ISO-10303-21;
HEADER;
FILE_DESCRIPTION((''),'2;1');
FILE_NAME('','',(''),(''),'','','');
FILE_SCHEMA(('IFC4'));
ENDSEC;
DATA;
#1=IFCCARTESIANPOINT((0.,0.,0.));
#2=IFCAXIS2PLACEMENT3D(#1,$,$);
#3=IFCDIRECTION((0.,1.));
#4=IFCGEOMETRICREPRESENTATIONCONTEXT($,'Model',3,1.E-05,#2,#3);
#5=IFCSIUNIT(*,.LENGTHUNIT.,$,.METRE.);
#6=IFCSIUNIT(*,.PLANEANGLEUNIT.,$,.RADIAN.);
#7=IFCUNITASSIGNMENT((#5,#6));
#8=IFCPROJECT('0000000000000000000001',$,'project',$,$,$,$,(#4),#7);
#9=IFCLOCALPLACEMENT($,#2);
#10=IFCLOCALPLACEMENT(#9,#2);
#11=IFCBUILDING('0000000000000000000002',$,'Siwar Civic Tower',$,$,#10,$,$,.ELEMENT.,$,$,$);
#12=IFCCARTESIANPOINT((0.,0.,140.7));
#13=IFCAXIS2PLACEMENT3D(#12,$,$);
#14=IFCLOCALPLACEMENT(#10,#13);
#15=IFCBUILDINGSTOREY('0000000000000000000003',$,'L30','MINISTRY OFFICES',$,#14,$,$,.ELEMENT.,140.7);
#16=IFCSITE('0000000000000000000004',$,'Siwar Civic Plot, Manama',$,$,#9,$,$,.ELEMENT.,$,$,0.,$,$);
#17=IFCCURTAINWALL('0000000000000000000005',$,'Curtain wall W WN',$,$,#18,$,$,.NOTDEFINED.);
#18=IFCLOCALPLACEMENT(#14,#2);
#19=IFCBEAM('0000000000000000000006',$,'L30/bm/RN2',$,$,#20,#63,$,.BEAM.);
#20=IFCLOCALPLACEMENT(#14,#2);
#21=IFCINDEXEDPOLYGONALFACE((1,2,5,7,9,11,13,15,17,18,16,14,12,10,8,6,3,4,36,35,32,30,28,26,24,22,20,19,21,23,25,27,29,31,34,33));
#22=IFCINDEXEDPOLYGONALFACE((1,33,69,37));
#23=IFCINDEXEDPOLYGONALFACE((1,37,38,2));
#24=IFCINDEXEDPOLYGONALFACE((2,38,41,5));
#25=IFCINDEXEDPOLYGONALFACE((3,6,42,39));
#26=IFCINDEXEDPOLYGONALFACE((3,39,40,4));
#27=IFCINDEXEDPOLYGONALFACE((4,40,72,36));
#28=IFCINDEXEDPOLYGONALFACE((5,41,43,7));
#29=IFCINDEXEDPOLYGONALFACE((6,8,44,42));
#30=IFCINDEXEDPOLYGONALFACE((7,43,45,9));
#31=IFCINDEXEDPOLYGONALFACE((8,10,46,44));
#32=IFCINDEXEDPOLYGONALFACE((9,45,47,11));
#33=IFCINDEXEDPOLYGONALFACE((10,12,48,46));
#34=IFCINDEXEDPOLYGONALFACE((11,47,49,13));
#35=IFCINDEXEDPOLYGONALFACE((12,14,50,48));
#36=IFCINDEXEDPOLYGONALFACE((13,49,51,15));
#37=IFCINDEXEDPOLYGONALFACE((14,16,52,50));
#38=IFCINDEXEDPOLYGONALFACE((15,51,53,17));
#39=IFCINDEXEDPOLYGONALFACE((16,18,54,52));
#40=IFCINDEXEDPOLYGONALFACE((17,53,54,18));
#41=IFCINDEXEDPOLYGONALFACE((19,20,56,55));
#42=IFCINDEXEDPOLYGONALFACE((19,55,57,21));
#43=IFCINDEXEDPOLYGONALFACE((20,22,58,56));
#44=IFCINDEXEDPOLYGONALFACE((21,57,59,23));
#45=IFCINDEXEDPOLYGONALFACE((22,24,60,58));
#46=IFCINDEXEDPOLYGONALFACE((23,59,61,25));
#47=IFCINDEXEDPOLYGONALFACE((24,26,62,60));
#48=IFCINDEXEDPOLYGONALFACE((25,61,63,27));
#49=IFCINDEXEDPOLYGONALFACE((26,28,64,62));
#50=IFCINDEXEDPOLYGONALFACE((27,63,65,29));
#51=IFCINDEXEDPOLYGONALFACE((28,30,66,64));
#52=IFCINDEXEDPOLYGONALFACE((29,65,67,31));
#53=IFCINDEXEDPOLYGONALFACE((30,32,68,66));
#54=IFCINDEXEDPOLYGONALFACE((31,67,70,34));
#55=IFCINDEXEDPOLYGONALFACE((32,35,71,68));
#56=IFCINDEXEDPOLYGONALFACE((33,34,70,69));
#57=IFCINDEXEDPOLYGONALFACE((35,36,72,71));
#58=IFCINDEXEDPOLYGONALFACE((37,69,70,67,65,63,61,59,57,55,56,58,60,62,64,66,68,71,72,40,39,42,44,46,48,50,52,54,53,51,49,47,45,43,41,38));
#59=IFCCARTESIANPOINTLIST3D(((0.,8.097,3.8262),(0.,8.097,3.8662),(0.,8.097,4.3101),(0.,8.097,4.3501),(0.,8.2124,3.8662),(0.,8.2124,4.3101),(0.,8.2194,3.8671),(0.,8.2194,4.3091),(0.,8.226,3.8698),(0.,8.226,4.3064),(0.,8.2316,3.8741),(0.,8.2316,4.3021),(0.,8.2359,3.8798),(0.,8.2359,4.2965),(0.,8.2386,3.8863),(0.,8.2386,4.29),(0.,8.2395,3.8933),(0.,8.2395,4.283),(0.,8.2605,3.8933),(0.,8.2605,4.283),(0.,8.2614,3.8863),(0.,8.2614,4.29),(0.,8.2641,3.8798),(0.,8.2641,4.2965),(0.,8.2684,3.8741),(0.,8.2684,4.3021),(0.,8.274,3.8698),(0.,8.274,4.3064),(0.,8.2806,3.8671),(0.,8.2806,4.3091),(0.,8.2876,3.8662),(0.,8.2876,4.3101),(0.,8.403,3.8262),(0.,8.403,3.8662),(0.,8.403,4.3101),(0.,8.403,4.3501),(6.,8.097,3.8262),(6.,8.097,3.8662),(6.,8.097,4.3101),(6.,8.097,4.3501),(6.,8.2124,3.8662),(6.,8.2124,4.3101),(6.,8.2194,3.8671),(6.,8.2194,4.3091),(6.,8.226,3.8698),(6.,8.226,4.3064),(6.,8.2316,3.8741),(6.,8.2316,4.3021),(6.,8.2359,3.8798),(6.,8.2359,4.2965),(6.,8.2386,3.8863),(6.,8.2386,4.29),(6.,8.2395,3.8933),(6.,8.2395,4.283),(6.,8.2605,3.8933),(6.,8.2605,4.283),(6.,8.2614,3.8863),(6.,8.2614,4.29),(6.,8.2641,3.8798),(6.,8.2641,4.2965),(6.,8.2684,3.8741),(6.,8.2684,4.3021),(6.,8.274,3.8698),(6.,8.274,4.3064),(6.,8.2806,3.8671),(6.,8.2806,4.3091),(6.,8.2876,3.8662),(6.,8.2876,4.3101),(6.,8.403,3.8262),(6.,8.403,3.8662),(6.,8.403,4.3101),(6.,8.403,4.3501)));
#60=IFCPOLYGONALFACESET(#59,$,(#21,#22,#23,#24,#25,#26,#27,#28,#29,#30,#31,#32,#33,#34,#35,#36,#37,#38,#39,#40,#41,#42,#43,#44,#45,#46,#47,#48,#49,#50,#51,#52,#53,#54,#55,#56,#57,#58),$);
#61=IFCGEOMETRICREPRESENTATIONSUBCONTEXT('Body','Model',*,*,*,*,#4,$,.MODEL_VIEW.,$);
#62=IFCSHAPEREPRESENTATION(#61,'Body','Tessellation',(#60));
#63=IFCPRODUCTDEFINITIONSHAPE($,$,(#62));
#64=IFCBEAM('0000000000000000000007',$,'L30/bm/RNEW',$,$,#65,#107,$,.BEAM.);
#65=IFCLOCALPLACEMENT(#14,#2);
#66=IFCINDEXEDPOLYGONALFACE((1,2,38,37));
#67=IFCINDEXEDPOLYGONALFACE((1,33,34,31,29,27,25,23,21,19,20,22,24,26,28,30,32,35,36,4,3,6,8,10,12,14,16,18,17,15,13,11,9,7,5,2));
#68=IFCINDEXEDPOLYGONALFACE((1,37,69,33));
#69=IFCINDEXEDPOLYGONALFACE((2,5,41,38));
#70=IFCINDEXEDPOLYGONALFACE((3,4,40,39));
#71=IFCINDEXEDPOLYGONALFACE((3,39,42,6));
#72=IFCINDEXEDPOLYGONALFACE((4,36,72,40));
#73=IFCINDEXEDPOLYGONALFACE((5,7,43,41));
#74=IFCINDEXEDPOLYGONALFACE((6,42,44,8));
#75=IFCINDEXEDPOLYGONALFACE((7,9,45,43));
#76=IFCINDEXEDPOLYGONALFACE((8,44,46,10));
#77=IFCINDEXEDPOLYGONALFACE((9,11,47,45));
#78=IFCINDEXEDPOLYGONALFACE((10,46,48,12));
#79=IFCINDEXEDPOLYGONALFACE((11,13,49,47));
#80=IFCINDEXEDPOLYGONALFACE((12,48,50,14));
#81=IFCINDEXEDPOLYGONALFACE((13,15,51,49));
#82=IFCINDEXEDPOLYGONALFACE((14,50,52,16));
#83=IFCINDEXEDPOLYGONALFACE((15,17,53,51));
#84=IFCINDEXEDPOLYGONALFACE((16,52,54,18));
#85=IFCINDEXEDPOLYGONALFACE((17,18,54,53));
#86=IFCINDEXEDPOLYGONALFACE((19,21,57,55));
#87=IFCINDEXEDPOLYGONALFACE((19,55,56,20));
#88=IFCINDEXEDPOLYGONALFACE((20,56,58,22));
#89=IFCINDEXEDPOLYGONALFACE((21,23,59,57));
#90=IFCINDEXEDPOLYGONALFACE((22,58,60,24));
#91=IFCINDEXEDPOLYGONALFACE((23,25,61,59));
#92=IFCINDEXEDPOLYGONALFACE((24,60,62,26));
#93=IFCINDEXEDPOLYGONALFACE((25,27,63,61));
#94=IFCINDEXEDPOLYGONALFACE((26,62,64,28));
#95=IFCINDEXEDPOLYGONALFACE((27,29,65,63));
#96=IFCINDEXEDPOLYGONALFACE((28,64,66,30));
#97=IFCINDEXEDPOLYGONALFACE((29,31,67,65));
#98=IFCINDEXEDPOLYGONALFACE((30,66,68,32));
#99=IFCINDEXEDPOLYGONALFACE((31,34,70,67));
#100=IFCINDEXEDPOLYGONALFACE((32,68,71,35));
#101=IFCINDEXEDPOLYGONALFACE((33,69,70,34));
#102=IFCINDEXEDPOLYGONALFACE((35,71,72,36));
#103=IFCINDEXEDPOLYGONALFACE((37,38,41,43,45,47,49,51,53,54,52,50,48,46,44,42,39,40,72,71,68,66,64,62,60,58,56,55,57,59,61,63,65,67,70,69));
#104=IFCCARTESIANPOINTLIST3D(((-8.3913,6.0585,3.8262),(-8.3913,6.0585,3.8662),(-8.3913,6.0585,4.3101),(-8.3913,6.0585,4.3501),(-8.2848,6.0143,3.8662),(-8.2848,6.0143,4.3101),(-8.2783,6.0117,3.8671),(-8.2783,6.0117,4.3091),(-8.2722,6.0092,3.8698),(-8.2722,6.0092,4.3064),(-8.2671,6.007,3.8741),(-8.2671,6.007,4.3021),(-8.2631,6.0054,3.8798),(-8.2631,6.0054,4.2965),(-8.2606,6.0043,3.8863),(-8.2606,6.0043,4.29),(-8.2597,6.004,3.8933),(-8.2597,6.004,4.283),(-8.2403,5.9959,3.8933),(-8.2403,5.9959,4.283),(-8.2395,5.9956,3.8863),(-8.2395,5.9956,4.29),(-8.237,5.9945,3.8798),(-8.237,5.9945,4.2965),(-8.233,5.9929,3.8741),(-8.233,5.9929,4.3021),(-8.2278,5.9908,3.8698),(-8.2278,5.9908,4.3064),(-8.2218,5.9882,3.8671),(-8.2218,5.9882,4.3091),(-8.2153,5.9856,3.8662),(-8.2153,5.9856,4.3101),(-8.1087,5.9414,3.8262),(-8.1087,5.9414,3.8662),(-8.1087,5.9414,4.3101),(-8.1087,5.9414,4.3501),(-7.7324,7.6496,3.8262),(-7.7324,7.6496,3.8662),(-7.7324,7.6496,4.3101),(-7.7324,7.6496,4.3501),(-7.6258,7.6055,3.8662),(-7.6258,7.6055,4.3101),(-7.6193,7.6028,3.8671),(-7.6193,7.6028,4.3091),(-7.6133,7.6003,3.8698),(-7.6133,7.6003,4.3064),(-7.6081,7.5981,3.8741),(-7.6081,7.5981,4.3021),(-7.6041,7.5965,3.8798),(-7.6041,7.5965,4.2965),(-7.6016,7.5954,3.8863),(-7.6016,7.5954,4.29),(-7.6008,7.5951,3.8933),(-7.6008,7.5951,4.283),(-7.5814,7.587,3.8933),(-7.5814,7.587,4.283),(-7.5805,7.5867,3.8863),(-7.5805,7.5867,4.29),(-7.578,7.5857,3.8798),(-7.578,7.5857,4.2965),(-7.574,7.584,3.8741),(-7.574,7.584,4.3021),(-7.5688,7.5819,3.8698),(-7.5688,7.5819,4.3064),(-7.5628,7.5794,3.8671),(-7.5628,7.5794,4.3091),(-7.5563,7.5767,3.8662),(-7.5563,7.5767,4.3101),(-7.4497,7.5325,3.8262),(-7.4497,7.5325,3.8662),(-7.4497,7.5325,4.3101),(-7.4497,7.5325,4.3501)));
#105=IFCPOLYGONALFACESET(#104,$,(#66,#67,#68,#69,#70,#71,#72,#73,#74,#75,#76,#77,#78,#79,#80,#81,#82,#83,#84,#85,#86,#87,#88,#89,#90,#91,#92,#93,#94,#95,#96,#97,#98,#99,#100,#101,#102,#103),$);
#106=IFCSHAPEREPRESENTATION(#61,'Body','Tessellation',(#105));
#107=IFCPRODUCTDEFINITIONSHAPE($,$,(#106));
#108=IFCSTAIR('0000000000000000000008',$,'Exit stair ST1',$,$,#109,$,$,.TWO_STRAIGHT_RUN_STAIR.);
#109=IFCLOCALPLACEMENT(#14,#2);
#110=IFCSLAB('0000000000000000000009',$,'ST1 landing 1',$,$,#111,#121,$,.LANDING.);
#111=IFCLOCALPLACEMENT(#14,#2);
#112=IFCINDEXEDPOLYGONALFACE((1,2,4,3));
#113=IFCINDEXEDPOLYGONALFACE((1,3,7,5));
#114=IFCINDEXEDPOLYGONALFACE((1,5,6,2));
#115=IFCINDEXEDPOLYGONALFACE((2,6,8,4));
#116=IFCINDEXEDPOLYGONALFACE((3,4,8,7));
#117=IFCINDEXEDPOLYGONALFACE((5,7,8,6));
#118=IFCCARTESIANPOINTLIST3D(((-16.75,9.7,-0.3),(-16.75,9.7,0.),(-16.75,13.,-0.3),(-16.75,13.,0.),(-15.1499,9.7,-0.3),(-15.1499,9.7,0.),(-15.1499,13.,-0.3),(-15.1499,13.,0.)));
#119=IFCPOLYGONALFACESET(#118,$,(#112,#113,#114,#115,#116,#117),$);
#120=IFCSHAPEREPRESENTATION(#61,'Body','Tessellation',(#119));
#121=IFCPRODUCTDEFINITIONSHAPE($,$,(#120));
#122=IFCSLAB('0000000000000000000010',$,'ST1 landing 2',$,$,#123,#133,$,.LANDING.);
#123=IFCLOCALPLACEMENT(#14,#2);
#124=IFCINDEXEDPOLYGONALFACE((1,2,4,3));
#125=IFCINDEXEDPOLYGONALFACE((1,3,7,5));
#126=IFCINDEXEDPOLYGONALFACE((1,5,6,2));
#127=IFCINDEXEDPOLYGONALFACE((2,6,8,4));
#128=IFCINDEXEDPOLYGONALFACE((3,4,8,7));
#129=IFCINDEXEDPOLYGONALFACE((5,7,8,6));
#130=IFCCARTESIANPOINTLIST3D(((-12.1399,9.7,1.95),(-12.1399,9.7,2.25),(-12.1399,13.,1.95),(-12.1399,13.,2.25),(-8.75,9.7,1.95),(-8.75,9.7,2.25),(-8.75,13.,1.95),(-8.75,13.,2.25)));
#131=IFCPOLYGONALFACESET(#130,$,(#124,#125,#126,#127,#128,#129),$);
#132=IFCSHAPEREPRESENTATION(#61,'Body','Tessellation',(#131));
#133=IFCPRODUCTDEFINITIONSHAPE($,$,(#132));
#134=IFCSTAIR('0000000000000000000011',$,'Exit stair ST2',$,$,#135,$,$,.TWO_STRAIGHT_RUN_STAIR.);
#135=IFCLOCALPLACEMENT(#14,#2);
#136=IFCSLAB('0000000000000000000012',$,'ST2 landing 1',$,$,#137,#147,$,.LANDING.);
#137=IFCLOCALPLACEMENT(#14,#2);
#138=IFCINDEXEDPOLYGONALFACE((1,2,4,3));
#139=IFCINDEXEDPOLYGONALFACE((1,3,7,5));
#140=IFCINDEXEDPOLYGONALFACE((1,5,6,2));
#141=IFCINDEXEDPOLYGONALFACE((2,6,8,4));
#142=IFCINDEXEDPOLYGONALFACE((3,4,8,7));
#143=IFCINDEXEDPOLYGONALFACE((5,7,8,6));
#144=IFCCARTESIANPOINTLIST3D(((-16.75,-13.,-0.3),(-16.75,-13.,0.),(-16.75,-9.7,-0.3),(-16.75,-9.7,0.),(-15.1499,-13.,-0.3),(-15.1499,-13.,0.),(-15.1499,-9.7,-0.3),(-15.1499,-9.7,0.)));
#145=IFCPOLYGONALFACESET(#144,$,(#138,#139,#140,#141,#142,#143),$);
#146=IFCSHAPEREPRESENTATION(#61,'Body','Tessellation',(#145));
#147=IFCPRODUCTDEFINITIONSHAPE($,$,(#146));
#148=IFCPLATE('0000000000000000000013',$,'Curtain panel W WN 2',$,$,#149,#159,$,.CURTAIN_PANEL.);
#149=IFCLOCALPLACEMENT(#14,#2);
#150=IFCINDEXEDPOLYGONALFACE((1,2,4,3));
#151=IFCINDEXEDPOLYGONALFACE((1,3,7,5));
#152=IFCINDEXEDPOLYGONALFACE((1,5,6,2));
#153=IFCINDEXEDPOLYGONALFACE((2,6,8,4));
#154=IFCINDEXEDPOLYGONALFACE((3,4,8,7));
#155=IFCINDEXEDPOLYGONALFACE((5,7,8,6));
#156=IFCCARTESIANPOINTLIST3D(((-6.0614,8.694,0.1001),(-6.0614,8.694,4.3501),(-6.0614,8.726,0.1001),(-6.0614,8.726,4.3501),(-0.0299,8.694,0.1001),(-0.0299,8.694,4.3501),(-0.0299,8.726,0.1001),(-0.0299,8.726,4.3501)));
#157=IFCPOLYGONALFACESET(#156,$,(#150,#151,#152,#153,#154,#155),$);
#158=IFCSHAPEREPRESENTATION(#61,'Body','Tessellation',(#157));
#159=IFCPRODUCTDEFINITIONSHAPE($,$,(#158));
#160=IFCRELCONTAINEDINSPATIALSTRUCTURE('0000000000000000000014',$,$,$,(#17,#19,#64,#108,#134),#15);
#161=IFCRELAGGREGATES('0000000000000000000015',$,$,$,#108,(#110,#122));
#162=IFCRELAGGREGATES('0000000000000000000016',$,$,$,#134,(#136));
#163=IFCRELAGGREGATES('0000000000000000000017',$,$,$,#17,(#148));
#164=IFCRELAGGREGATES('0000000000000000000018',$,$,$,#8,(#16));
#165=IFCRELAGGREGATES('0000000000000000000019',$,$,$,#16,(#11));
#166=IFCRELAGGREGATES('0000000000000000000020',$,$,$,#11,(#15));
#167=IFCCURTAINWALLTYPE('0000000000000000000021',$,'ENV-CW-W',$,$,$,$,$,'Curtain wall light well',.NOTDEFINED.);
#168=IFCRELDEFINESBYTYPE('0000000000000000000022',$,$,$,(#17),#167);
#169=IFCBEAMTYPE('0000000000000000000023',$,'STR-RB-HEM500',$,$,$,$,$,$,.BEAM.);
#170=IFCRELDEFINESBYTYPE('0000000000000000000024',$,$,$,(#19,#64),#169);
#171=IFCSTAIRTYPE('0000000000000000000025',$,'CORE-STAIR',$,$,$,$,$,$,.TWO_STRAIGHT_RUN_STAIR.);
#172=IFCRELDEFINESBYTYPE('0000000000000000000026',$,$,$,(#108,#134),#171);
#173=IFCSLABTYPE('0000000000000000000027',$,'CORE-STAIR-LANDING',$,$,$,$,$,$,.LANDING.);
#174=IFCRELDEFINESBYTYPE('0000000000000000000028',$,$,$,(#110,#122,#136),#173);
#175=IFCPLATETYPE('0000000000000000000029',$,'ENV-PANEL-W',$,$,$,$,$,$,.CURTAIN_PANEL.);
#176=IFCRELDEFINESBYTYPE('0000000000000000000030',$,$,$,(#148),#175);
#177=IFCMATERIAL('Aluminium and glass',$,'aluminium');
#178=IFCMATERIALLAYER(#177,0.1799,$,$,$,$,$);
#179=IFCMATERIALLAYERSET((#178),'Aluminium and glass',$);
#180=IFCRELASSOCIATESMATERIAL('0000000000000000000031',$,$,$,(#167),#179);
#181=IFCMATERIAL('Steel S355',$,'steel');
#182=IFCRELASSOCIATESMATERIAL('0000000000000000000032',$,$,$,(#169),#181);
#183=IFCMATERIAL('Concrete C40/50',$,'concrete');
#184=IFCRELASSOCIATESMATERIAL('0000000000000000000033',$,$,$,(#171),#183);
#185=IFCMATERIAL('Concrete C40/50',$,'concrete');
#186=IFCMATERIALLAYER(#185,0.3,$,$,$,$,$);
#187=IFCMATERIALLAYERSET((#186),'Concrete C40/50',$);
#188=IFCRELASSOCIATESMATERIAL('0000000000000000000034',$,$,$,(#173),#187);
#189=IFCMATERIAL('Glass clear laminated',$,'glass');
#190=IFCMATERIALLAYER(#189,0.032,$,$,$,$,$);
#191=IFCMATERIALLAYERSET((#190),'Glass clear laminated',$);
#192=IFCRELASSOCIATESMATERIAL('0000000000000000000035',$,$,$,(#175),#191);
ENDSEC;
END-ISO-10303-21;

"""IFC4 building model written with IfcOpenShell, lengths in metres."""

from ifc_helpers import new_model, si_unit, direction, frame, origin, origin_2d, place, context, subcontext, project, spatial, polyline, rectangle, i_section, outline, extrude, material, layer, layer_set, material_profile, profile_set, type_object, element, aggregate, save


model = new_model("IFC4")

# Units and contexts
model_context = context("Model", 3, precision=1e-05, world=origin(), true_north=direction((0.0, 1.0)))
body_context = subcontext(model_context, "Body", "Model", "MODEL_VIEW")
ifc_project = project(units=[si_unit("LENGTHUNIT", "METRE"), si_unit("PLANEANGLEUNIT", "RADIAN")], contexts=[model_context])

# Site, building, storey
site_placement = place(None, origin())
site = spatial("IfcSite", under=ifc_project, at=site_placement, Name="Siwar Civic Plot, Manama", CompositionType="ELEMENT", RefElevation=0.0)
building_placement = place(site_placement, origin())
building = spatial("IfcBuilding", under=site, at=building_placement, Name="Siwar Civic Tower", CompositionType="ELEMENT")
storey_placement = place(building_placement, frame((0.0, 0.0, 140.7)))
storey = spatial("IfcBuildingStorey", under=building, at=storey_placement, Name="L30", Description="MINISTRY OFFICES", CompositionType="ELEMENT", Elevation=140.7)

# Curtain wall
ifc_material_1 = material(Name="Aluminium and glass", Category="aluminium")
ifc_layer_1 = layer(ifc_material_1, 0.1799)
ifc_layer_set_1 = layer_set([ifc_layer_1], Name="Aluminium and glass")
curtain_wall_type = type_object("IfcCurtainWallType", Name="ENV-CW-W", ElementType="Curtain wall light well", PredefinedType="NOTDEFINED", material=ifc_layer_set_1)
curtain_wall_placement = place(storey_placement, origin())
curtain_wall = element("IfcCurtainWall", 1, at=curtain_wall_placement, inside=storey, type_object=curtain_wall_type, Name="Curtain wall W WN", PredefinedType="NOTDEFINED")

# Beams
ifc_material_2 = material(Name="Steel S355", Category="steel")
ifc_material_profile_1 = material_profile(ifc_material_2, i_section(OverallWidth=0.3059, OverallDepth=0.5239, WebThickness=0.021, FlangeThickness=0.04, FilletRadius=0.0271, at=origin_2d()), Name="HEM500")
ifc_profile_set_1 = profile_set([ifc_material_profile_1], Name="Steel S355")
beam_type_1 = type_object("IfcBeamType", Name="STR-RB-HEM500", PredefinedType="BEAM", material=ifc_profile_set_1)
for number, where, z_axis, x_axis, name in (
    (2, (0.0, 8.25, 4.0881), (1.0, 0.0, 0.0), (0.0, 1.0, 0.0), "L30/bm/RN2"),
):
    element("IfcBeam", number, at=place(storey_placement, frame(where, z_axis=z_axis, x_axis=x_axis)), inside=storey, type_object=beam_type_1, Name=name, PredefinedType="BEAM", context=body_context, shape_type="SweptSolid", body=[
        extrude(i_section(OverallWidth=0.3059, OverallDepth=0.5239, WebThickness=0.021, FlangeThickness=0.04, FilletRadius=0.0271, at=origin_2d()), origin(), (0.0, 0.0, 1.0), 6.0),
    ])
beam_1_placement = place(storey_placement, frame((-7.5911, 7.5911, 4.0881), z_axis=(-0.382631, -0.923901, 0.0), x_axis=(0.923901, -0.382631, 0.0)))
element("IfcBeam", 3, at=beam_1_placement, inside=storey, type_object=beam_type_1, Name="L30/bm/RNEW", PredefinedType="BEAM", context=body_context, shape_type="SweptSolid", body=[
    extrude(i_section(OverallWidth=0.3059, OverallDepth=0.5239, WebThickness=0.021, FlangeThickness=0.04, FilletRadius=0.0271, at=origin_2d()), origin(), (0.0, 0.0, 1.0), 1.7222),
])

# Stair, slabs
ifc_material_3 = material(Name="Concrete C40/50", Category="concrete")
stair_type = type_object("IfcStairType", Name="CORE-STAIR", PredefinedType="TWO_STRAIGHT_RUN_STAIR", material=ifc_material_3)
stair_1_placement = place(storey_placement, origin())
stair_1 = element("IfcStair", 4, at=stair_1_placement, inside=storey, type_object=stair_type, Name="Exit stair ST1", PredefinedType="TWO_STRAIGHT_RUN_STAIR")
ifc_material_4 = material(Name="Concrete C40/50", Category="concrete")
ifc_layer_2 = layer(ifc_material_4, 0.3)
ifc_layer_set_2 = layer_set([ifc_layer_2], Name="Concrete C40/50")
slab_type_1 = type_object("IfcSlabType", Name="CORE-STAIR-LANDING", PredefinedType="LANDING", material=ifc_layer_set_2)
slab_1_placement = place(storey_placement, frame((0.0, 0.0, -0.3)))
slab_1 = element("IfcSlab", 5, at=slab_1_placement, type_object=slab_type_1, Name="ST1 landing 1", PredefinedType="LANDING", context=body_context, shape_type="SweptSolid", body=[
    extrude(outline(polyline([(-15.1499, 13.0), (-16.75, 13.0), (-16.75, 9.7), (-15.1499, 9.7), (-15.1499, 13.0)])), origin(), (0.0, 0.0, 1.0), 0.3),
])
slab_2_placement = place(storey_placement, frame((0.0, 0.0, 1.95)))
slab_2 = element("IfcSlab", 6, at=slab_2_placement, type_object=slab_type_1, Name="ST1 landing 2", PredefinedType="LANDING", context=body_context, shape_type="SweptSolid", body=[
    extrude(outline(polyline([(-8.75, 13.0), (-12.1399, 13.0), (-12.1399, 9.7), (-8.75, 9.7), (-8.75, 13.0)])), origin(), (0.0, 0.0, 1.0), 0.3),
])
aggregate(stair_1, [slab_1, slab_2])

# Stair, slab
stair_2_placement = place(storey_placement, origin())
stair_2 = element("IfcStair", 7, at=stair_2_placement, inside=storey, type_object=stair_type, Name="Exit stair ST2", PredefinedType="TWO_STRAIGHT_RUN_STAIR")
slab_3_placement = place(storey_placement, frame((0.0, 0.0, -0.3)))
slab_3 = element("IfcSlab", 8, at=slab_3_placement, type_object=slab_type_1, Name="ST2 landing 1", PredefinedType="LANDING", context=body_context, shape_type="SweptSolid", body=[
    extrude(outline(polyline([(-15.1499, -9.7), (-16.75, -9.7), (-16.75, -13.0), (-15.1499, -13.0), (-15.1499, -9.7)])), origin(), (0.0, 0.0, 1.0), 0.3),
])
aggregate(stair_2, [slab_3])

# Plate
ifc_material_5 = material(Name="Glass clear laminated", Category="glass")
ifc_layer_3 = layer(ifc_material_5, 0.032)
ifc_layer_set_3 = layer_set([ifc_layer_3], Name="Glass clear laminated")
plate_type = type_object("IfcPlateType", Name="ENV-PANEL-W", PredefinedType="CURTAIN_PANEL", material=ifc_layer_set_3)
plate_placement = place(storey_placement, frame((-3.0457, 8.71, 0.1001), z_axis=(0.0, 0.0, 1.0), x_axis=(-1.0, 0.0, 0.0)))
plate = element("IfcPlate", 9, at=plate_placement, type_object=plate_type, Name="Curtain panel W WN 2", PredefinedType="CURTAIN_PANEL", context=body_context, shape_type="SweptSolid", body=[
    extrude(rectangle(XDim=6.0315, YDim=0.032, at=origin_2d()), origin(), (0.0, 0.0, 1.0), 4.25),
])
aggregate(curtain_wall, [plate])

save(model, "model.ifc")
